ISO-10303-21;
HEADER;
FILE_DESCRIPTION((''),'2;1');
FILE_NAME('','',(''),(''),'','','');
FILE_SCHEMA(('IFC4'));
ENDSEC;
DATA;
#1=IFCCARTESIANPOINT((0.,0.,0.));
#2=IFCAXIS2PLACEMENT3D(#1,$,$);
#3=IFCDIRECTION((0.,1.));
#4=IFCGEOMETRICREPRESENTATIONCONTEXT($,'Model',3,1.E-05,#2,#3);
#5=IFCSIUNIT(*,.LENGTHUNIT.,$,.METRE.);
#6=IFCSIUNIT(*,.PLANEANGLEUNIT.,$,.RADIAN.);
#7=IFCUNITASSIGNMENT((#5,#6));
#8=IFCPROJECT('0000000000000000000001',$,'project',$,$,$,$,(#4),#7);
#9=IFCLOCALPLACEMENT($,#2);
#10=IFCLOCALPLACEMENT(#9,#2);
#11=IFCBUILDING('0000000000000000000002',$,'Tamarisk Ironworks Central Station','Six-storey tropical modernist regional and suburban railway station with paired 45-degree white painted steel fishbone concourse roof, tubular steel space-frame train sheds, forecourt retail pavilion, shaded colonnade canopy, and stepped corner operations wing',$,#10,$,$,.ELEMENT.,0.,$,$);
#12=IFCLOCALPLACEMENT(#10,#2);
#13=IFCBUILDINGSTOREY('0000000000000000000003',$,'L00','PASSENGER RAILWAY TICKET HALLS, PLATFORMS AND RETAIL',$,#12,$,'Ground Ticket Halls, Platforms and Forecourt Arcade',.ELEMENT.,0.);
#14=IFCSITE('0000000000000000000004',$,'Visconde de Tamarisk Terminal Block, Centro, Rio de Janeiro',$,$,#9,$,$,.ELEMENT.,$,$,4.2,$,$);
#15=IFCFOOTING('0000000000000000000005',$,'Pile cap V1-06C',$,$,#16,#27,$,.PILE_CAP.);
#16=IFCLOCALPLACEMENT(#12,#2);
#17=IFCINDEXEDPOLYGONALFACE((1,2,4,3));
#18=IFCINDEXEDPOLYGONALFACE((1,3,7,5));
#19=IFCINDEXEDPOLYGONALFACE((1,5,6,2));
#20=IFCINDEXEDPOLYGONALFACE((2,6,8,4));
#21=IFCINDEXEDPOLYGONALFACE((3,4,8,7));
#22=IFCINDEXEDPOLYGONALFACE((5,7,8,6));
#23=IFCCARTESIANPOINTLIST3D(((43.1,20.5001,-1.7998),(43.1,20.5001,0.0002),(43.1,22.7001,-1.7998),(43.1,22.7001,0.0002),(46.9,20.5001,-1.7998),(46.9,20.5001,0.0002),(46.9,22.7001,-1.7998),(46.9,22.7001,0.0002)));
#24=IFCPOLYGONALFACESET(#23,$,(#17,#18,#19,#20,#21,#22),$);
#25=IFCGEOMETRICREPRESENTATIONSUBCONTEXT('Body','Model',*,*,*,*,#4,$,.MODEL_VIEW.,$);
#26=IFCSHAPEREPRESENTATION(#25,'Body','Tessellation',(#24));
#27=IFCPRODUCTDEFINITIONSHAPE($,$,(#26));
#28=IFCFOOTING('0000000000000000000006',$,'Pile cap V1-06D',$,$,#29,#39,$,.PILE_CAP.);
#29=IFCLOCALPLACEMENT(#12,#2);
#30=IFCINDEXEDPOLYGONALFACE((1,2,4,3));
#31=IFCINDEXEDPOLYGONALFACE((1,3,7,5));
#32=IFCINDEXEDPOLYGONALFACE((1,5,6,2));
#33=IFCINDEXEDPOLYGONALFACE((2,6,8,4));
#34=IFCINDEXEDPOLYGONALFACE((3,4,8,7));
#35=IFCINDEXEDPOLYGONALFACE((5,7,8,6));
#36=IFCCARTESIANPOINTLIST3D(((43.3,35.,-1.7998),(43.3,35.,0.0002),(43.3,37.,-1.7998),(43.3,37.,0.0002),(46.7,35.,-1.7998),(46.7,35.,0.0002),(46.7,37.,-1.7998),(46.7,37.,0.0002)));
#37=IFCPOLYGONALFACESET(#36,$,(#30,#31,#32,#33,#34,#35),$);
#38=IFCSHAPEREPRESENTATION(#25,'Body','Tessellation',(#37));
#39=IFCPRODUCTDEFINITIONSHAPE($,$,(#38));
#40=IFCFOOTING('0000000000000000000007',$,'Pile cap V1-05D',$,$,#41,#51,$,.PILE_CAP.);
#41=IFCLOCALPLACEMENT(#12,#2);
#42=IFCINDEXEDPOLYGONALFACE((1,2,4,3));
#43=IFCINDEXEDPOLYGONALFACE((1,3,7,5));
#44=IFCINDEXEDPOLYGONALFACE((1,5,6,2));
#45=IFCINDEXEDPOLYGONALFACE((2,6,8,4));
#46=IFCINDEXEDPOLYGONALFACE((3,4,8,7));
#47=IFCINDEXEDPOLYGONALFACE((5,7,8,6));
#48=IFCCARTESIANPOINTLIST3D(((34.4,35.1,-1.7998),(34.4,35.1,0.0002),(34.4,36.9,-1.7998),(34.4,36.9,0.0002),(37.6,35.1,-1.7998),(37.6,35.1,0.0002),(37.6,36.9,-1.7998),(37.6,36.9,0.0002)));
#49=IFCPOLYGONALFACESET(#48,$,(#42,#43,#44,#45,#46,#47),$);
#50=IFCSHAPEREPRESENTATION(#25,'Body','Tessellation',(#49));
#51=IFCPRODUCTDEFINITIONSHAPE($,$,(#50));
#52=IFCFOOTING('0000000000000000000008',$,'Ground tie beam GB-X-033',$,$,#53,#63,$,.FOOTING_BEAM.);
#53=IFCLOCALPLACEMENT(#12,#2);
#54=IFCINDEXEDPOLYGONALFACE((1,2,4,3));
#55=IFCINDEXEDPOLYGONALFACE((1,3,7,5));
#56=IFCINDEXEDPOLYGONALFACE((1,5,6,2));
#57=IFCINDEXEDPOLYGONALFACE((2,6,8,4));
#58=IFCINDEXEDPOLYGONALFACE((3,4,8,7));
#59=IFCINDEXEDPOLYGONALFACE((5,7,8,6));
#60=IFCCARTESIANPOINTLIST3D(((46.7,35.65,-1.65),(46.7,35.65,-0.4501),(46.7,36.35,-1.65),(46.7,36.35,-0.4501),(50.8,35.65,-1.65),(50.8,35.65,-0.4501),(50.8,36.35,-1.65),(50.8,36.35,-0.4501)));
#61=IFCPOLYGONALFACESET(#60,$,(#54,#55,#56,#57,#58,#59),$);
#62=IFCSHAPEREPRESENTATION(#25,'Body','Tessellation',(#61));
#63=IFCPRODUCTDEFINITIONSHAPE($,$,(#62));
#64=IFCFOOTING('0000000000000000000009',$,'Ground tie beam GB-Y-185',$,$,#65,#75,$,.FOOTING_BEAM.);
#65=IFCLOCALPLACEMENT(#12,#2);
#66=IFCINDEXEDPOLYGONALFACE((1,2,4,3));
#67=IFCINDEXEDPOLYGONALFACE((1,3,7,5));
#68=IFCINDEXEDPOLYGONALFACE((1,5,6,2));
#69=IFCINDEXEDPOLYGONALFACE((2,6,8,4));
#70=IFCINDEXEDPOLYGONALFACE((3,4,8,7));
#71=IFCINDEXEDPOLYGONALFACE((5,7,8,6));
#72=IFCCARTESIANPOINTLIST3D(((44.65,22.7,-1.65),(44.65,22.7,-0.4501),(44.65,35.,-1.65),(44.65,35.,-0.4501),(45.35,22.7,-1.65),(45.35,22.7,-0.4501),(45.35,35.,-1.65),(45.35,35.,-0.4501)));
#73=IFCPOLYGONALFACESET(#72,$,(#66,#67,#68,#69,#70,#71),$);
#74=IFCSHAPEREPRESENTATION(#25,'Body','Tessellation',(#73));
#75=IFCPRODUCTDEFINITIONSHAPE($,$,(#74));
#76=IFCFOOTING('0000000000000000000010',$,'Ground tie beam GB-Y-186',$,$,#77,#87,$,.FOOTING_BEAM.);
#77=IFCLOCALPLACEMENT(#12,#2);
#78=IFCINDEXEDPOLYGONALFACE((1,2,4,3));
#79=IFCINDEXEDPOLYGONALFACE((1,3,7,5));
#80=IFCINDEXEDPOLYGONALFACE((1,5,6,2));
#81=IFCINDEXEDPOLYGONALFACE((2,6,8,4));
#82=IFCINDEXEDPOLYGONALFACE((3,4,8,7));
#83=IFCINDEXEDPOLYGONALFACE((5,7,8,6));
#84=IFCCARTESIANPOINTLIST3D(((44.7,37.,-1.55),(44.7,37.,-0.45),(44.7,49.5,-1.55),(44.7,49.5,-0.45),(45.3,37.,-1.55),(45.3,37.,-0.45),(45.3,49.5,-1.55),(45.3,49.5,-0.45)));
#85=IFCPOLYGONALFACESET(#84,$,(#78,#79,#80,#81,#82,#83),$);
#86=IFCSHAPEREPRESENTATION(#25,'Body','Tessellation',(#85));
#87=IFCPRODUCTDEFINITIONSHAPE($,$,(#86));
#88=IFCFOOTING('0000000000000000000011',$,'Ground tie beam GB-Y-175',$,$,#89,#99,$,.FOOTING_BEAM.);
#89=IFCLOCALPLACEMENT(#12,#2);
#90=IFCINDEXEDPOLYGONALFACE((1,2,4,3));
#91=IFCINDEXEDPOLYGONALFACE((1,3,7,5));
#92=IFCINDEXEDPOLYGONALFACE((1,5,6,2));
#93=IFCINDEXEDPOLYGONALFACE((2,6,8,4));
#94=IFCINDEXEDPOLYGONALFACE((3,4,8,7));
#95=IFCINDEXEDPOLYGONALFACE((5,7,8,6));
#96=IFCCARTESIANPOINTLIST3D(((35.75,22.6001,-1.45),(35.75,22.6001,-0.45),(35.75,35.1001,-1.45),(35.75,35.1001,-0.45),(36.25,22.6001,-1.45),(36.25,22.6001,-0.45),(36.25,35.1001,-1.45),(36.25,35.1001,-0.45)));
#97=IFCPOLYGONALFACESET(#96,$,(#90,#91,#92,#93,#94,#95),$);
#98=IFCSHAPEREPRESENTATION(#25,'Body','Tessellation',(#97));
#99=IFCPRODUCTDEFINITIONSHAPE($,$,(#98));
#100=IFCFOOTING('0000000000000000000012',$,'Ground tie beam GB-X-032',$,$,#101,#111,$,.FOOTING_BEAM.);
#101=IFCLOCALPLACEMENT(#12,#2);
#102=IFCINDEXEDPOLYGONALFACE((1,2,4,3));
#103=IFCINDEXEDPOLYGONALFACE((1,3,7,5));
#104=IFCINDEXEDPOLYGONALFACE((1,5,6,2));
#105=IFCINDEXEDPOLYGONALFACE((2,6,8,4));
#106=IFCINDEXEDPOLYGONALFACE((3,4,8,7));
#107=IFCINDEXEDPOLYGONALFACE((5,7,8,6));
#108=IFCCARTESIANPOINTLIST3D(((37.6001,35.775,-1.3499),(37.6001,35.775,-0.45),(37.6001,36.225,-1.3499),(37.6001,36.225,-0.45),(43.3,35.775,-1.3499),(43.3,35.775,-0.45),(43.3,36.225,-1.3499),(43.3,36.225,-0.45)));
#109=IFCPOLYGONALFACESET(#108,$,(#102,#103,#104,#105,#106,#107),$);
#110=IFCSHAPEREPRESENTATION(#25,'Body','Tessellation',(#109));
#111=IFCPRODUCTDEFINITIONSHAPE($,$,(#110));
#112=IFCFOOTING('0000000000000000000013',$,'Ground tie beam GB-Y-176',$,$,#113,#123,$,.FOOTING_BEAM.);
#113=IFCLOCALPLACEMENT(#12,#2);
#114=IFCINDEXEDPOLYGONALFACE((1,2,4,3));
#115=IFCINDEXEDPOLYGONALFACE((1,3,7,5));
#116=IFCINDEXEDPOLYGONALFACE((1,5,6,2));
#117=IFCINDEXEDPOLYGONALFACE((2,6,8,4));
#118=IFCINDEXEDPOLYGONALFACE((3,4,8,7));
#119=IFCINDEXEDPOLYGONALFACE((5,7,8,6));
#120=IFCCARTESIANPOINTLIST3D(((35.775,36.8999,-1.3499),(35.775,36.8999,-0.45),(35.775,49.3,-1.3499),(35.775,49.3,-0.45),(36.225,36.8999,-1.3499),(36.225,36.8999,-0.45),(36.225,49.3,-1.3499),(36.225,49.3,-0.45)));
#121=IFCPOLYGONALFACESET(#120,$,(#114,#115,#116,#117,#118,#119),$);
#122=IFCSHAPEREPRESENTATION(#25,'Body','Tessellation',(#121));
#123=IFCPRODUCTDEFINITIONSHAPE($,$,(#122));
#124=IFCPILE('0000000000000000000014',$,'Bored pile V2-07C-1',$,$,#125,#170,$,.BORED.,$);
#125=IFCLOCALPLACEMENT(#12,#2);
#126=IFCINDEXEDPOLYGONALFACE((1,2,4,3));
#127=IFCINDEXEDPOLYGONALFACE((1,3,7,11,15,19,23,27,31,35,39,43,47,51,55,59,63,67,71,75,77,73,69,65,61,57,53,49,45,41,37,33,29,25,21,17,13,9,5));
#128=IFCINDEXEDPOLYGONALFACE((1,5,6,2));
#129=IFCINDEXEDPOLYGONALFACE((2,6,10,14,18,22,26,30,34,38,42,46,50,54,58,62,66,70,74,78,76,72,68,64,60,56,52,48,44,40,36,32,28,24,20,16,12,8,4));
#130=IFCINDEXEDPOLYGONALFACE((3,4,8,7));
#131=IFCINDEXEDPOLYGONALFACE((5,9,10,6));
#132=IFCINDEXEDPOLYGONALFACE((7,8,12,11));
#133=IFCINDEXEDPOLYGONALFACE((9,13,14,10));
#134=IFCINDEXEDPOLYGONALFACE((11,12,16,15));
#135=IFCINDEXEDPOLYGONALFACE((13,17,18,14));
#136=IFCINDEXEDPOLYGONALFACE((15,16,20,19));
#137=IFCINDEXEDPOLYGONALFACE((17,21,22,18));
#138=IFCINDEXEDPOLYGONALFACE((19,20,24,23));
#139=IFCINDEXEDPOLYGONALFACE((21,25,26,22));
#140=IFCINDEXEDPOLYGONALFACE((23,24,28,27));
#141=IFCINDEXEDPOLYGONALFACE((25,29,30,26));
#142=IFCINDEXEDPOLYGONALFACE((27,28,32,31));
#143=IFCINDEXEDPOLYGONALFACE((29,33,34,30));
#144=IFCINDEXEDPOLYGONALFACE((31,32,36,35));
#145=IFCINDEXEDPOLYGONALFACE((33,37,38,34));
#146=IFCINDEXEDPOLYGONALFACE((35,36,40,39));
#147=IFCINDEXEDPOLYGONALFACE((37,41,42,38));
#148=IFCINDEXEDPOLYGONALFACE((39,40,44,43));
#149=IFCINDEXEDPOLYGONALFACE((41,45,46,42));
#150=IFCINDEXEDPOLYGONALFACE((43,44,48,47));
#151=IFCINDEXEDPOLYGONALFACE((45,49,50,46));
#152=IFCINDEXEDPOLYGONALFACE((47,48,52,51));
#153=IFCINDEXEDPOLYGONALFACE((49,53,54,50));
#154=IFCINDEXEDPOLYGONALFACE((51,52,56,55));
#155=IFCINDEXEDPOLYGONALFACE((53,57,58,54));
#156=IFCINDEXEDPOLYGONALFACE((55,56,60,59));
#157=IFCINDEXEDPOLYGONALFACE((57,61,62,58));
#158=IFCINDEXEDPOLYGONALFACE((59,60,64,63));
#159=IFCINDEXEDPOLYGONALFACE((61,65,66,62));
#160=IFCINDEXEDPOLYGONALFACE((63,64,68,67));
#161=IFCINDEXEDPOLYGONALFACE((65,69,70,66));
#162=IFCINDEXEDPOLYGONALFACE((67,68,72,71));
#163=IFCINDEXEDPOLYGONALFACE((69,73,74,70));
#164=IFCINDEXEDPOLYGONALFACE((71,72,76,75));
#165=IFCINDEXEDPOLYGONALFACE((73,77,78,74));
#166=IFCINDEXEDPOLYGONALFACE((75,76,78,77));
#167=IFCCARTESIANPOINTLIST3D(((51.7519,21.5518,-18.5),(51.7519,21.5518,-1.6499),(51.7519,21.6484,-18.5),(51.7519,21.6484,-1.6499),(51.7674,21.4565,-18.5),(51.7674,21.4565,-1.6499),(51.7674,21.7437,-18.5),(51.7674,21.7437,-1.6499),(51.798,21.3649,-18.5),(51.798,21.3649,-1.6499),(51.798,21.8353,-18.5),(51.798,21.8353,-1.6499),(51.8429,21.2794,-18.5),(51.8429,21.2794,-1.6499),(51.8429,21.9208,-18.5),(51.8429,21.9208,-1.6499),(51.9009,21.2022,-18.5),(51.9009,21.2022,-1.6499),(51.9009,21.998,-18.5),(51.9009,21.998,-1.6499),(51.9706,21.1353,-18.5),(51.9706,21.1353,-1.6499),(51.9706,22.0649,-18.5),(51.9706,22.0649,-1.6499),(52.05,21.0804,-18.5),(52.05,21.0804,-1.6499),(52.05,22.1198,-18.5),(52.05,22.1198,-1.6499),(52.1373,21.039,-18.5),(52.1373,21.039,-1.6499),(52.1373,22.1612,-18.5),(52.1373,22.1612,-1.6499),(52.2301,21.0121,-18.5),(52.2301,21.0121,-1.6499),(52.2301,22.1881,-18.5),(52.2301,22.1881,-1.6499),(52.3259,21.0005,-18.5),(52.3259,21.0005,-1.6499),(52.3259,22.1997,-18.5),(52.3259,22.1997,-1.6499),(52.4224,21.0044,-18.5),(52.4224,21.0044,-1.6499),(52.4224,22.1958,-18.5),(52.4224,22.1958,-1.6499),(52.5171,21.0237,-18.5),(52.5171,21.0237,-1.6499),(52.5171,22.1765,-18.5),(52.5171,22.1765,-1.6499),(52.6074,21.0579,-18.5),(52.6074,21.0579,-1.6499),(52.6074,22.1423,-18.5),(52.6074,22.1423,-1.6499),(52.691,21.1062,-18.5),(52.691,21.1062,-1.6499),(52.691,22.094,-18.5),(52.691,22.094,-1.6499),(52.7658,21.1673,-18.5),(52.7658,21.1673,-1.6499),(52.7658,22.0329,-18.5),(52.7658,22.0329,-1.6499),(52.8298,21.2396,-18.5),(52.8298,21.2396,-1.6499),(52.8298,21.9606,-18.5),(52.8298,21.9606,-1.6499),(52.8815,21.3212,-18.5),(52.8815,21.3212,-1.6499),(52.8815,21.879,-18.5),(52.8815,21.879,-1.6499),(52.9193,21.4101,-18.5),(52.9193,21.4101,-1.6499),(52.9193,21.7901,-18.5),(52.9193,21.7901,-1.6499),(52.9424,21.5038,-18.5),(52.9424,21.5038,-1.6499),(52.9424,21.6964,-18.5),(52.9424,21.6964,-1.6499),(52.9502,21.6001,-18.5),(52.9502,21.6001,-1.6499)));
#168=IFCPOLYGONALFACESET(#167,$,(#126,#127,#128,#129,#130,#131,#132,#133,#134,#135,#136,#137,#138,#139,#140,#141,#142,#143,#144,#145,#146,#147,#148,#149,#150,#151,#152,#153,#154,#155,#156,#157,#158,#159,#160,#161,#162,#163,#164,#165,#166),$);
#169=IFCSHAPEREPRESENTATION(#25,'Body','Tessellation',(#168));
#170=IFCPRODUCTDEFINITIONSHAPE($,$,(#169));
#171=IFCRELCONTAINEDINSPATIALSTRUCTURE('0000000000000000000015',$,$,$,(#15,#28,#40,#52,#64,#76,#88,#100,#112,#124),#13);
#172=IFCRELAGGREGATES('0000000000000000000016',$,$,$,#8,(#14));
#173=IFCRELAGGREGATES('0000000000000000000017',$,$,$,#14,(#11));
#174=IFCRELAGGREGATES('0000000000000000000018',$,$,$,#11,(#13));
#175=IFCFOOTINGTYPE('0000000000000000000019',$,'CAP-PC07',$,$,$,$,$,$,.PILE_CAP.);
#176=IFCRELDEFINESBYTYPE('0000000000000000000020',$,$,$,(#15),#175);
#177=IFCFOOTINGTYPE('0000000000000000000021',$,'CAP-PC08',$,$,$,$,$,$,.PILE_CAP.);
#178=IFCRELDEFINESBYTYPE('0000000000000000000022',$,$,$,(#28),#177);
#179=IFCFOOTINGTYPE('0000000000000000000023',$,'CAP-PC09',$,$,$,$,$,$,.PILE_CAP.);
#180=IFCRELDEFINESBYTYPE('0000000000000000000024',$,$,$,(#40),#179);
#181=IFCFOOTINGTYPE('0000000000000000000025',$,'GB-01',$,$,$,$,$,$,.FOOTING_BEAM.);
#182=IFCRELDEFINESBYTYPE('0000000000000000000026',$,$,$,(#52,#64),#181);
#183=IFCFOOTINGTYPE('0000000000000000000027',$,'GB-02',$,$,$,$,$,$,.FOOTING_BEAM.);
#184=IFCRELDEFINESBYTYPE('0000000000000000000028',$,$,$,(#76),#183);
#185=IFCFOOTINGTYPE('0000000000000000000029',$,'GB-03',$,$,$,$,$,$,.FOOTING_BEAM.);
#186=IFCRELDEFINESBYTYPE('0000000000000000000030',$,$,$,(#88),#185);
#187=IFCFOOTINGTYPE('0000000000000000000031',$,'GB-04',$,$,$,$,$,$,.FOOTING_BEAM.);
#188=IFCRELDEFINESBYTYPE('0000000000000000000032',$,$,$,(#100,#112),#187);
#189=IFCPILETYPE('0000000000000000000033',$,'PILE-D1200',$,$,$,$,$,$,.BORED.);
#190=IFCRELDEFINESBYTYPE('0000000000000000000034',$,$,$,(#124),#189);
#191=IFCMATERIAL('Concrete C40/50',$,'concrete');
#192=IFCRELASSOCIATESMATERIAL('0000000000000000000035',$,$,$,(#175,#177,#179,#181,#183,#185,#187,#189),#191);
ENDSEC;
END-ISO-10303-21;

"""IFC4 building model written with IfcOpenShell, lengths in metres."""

from ifc_helpers import new_model, si_unit, direction, frame, origin, origin_2d, place, context, subcontext, project, spatial, rectangle, circle, extrude, material, material_profile, profile_set, type_object, element, save


model = new_model("IFC4")

# Units and contexts
model_context = context("Model", 3, precision=1e-05, world=origin(), true_north=direction((0.0, 1.0)))
body_context = subcontext(model_context, "Body", "Model", "MODEL_VIEW")
ifc_project = project(units=[si_unit("LENGTHUNIT", "METRE"), si_unit("PLANEANGLEUNIT", "RADIAN")], contexts=[model_context])

# Site, building, storey
site_placement = place(None, origin())
site = spatial("IfcSite", under=ifc_project, at=site_placement, Name="Visconde de Tamarisk Terminal Block, Centro, Rio de Janeiro", CompositionType="ELEMENT", RefElevation=4.2)
building_placement = place(site_placement, origin())
building = spatial("IfcBuilding", under=site, at=building_placement, Name="Tamarisk Ironworks Central Station", Description="Six-storey tropical modernist regional and suburban railway station with paired 45-degree white painted steel fishbone concourse roof, tubular steel space-frame train sheds, forecourt retail pavilion, shaded colonnade canopy, and stepped corner operations wing", CompositionType="ELEMENT", ElevationOfRefHeight=0.0)
storey_placement = place(building_placement, origin())
storey = spatial("IfcBuildingStorey", under=building, at=storey_placement, Name="L00", Description="PASSENGER RAILWAY TICKET HALLS, PLATFORMS AND RETAIL", LongName="Ground Ticket Halls, Platforms and Forecourt Arcade", CompositionType="ELEMENT", Elevation=0.0)

# Footings
ifc_material_1 = material(Name="Concrete C40/50", Category="concrete")
footing_type_1 = type_object("IfcFootingType", Name="CAP-PC07", PredefinedType="PILE_CAP", material=ifc_material_1)
footing_1_placement = place(storey_placement, frame((45.0, 21.6001, -1.7998), z_axis=(0.0, 0.0, 1.0), x_axis=(1.0, 0.0, 0.0)))
element("IfcFooting", 1, at=footing_1_placement, inside=storey, type_object=footing_type_1, Name="Pile cap V1-06C", PredefinedType="PILE_CAP", context=body_context, shape_type="SweptSolid", body=[
    extrude(rectangle(XDim=3.8, YDim=2.2, at=origin_2d()), origin(), (0.0, 0.0, 1.0), 1.8),
])
footing_type_2 = type_object("IfcFootingType", Name="CAP-PC08", PredefinedType="PILE_CAP", material=ifc_material_1)
footing_2_placement = place(storey_placement, frame((45.0, 36.0, -1.7998), z_axis=(0.0, 0.0, 1.0), x_axis=(1.0, 0.0, 0.0)))
element("IfcFooting", 2, at=footing_2_placement, inside=storey, type_object=footing_type_2, Name="Pile cap V1-06D", PredefinedType="PILE_CAP", context=body_context, shape_type="SweptSolid", body=[
    extrude(rectangle(XDim=3.3999, YDim=2.0, at=origin_2d()), origin(), (0.0, 0.0, 1.0), 1.8),
])
footing_type_3 = type_object("IfcFootingType", Name="CAP-PC09", PredefinedType="PILE_CAP", material=ifc_material_1)
footing_3_placement = place(storey_placement, frame((36.0, 36.0, -1.7998), z_axis=(0.0, 0.0, 1.0), x_axis=(1.0, 0.0, 0.0)))
element("IfcFooting", 3, at=footing_3_placement, inside=storey, type_object=footing_type_3, Name="Pile cap V1-05D", PredefinedType="PILE_CAP", context=body_context, shape_type="SweptSolid", body=[
    extrude(rectangle(XDim=3.2, YDim=1.8, at=origin_2d()), origin(), (0.0, 0.0, 1.0), 1.8),
])
ifc_material_profile_1 = material_profile(ifc_material_1, rectangle(XDim=0.7, YDim=1.2, at=origin_2d()), Name="GB01 700x1200")
ifc_profile_set_1 = profile_set([ifc_material_profile_1], Name="Concrete C40/50")
footing_type_4 = type_object("IfcFootingType", Name="GB-01", PredefinedType="FOOTING_BEAM", material=ifc_profile_set_1)
footing_4_placement = place(storey_placement, frame((46.7, 36.0, -1.05), z_axis=(1.0, 0.0, 0.0), x_axis=(0.0, 1.0, 0.0)))
element("IfcFooting", 4, at=footing_4_placement, inside=storey, type_object=footing_type_4, Name="Ground tie beam GB-X-033", PredefinedType="FOOTING_BEAM", context=body_context, shape_type="SweptSolid", body=[
    extrude(rectangle(XDim=0.7, YDim=1.2, at=origin_2d()), origin(), (0.0, 0.0, 1.0), 4.1001),
])
footing_5_placement = place(storey_placement, frame((45.0, 22.7, -1.05), z_axis=(0.0, 1.0, 0.0), x_axis=(-1.0, 0.0, 0.0)))
element("IfcFooting", 5, at=footing_5_placement, inside=storey, type_object=footing_type_4, Name="Ground tie beam GB-Y-185", PredefinedType="FOOTING_BEAM", context=body_context, shape_type="SweptSolid", body=[
    extrude(rectangle(XDim=0.7, YDim=1.2, at=origin_2d()), origin(), (0.0, 0.0, 1.0), 12.3),
])
ifc_material_profile_2 = material_profile(ifc_material_1, rectangle(XDim=0.6001, YDim=1.1001, at=origin_2d()), Name="GB02 600x1100")
ifc_profile_set_2 = profile_set([ifc_material_profile_2], Name="Concrete C40/50")
footing_type_5 = type_object("IfcFootingType", Name="GB-02", PredefinedType="FOOTING_BEAM", material=ifc_profile_set_2)
footing_6_placement = place(storey_placement, frame((45.0, 37.0, -1.0), z_axis=(0.0, 1.0, 0.0), x_axis=(-1.0, 0.0, 0.0)))
element("IfcFooting", 6, at=footing_6_placement, inside=storey, type_object=footing_type_5, Name="Ground tie beam GB-Y-186", PredefinedType="FOOTING_BEAM", context=body_context, shape_type="SweptSolid", body=[
    extrude(rectangle(XDim=0.6001, YDim=1.1001, at=origin_2d()), origin(), (0.0, 0.0, 1.0), 12.5),
])
ifc_material_profile_3 = material_profile(ifc_material_1, rectangle(XDim=0.5, YDim=1.0, at=origin_2d()), Name="GB03 500x1000")
ifc_profile_set_3 = profile_set([ifc_material_profile_3], Name="Concrete C40/50")
footing_type_6 = type_object("IfcFootingType", Name="GB-03", PredefinedType="FOOTING_BEAM", material=ifc_profile_set_3)
footing_7_placement = place(storey_placement, frame((36.0, 22.6001, -0.95), z_axis=(0.0, 1.0, 0.0), x_axis=(-1.0, 0.0, 0.0)))
element("IfcFooting", 7, at=footing_7_placement, inside=storey, type_object=footing_type_6, Name="Ground tie beam GB-Y-175", PredefinedType="FOOTING_BEAM", context=body_context, shape_type="SweptSolid", body=[
    extrude(rectangle(XDim=0.5, YDim=1.0, at=origin_2d()), origin(), (0.0, 0.0, 1.0), 12.5),
])
ifc_material_profile_4 = material_profile(ifc_material_1, rectangle(XDim=0.45, YDim=0.8999, at=origin_2d()), Name="GB04 450x900")
ifc_profile_set_4 = profile_set([ifc_material_profile_4], Name="Concrete C40/50")
footing_type_7 = type_object("IfcFootingType", Name="GB-04", PredefinedType="FOOTING_BEAM", material=ifc_profile_set_4)
footing_8_placement = place(storey_placement, frame((37.6001, 36.0, -0.8999), z_axis=(1.0, 0.0, 0.0), x_axis=(0.0, 1.0, 0.0)))
element("IfcFooting", 8, at=footing_8_placement, inside=storey, type_object=footing_type_7, Name="Ground tie beam GB-X-032", PredefinedType="FOOTING_BEAM", context=body_context, shape_type="SweptSolid", body=[
    extrude(rectangle(XDim=0.45, YDim=0.8999, at=origin_2d()), origin(), (0.0, 0.0, 1.0), 5.7),
])
footing_9_placement = place(storey_placement, frame((36.0, 36.8999, -0.8999), z_axis=(0.0, 1.0, 0.0), x_axis=(-1.0, 0.0, 0.0)))
element("IfcFooting", 9, at=footing_9_placement, inside=storey, type_object=footing_type_7, Name="Ground tie beam GB-Y-176", PredefinedType="FOOTING_BEAM", context=body_context, shape_type="SweptSolid", body=[
    extrude(rectangle(XDim=0.45, YDim=0.8999, at=origin_2d()), origin(), (0.0, 0.0, 1.0), 12.4001),
])

# Pile
ifc_material_profile_5 = material_profile(ifc_material_1, circle(Radius=0.6001, at=origin_2d()), Name="BORED PILE D1200")
ifc_profile_set_5 = profile_set([ifc_material_profile_5], Name="Concrete C40/50")
pile_type_1 = type_object("IfcPileType", Name="PILE-D1200", PredefinedType="BORED", material=ifc_profile_set_5)
pile_placement = place(storey_placement, frame((52.3501, 21.6001, -1.6499), z_axis=(0.0, 0.0, -1.0), x_axis=(1.0, 0.0, 0.0)))
element("IfcPile", 10, at=pile_placement, inside=storey, type_object=pile_type_1, Name="Bored pile V2-07C-1", PredefinedType="BORED", context=body_context, shape_type="SweptSolid", body=[
    extrude(circle(Radius=0.6001, at=origin_2d()), origin(), (0.0, 0.0, 1.0), 16.8501),
])

save(model, "model.ifc")
